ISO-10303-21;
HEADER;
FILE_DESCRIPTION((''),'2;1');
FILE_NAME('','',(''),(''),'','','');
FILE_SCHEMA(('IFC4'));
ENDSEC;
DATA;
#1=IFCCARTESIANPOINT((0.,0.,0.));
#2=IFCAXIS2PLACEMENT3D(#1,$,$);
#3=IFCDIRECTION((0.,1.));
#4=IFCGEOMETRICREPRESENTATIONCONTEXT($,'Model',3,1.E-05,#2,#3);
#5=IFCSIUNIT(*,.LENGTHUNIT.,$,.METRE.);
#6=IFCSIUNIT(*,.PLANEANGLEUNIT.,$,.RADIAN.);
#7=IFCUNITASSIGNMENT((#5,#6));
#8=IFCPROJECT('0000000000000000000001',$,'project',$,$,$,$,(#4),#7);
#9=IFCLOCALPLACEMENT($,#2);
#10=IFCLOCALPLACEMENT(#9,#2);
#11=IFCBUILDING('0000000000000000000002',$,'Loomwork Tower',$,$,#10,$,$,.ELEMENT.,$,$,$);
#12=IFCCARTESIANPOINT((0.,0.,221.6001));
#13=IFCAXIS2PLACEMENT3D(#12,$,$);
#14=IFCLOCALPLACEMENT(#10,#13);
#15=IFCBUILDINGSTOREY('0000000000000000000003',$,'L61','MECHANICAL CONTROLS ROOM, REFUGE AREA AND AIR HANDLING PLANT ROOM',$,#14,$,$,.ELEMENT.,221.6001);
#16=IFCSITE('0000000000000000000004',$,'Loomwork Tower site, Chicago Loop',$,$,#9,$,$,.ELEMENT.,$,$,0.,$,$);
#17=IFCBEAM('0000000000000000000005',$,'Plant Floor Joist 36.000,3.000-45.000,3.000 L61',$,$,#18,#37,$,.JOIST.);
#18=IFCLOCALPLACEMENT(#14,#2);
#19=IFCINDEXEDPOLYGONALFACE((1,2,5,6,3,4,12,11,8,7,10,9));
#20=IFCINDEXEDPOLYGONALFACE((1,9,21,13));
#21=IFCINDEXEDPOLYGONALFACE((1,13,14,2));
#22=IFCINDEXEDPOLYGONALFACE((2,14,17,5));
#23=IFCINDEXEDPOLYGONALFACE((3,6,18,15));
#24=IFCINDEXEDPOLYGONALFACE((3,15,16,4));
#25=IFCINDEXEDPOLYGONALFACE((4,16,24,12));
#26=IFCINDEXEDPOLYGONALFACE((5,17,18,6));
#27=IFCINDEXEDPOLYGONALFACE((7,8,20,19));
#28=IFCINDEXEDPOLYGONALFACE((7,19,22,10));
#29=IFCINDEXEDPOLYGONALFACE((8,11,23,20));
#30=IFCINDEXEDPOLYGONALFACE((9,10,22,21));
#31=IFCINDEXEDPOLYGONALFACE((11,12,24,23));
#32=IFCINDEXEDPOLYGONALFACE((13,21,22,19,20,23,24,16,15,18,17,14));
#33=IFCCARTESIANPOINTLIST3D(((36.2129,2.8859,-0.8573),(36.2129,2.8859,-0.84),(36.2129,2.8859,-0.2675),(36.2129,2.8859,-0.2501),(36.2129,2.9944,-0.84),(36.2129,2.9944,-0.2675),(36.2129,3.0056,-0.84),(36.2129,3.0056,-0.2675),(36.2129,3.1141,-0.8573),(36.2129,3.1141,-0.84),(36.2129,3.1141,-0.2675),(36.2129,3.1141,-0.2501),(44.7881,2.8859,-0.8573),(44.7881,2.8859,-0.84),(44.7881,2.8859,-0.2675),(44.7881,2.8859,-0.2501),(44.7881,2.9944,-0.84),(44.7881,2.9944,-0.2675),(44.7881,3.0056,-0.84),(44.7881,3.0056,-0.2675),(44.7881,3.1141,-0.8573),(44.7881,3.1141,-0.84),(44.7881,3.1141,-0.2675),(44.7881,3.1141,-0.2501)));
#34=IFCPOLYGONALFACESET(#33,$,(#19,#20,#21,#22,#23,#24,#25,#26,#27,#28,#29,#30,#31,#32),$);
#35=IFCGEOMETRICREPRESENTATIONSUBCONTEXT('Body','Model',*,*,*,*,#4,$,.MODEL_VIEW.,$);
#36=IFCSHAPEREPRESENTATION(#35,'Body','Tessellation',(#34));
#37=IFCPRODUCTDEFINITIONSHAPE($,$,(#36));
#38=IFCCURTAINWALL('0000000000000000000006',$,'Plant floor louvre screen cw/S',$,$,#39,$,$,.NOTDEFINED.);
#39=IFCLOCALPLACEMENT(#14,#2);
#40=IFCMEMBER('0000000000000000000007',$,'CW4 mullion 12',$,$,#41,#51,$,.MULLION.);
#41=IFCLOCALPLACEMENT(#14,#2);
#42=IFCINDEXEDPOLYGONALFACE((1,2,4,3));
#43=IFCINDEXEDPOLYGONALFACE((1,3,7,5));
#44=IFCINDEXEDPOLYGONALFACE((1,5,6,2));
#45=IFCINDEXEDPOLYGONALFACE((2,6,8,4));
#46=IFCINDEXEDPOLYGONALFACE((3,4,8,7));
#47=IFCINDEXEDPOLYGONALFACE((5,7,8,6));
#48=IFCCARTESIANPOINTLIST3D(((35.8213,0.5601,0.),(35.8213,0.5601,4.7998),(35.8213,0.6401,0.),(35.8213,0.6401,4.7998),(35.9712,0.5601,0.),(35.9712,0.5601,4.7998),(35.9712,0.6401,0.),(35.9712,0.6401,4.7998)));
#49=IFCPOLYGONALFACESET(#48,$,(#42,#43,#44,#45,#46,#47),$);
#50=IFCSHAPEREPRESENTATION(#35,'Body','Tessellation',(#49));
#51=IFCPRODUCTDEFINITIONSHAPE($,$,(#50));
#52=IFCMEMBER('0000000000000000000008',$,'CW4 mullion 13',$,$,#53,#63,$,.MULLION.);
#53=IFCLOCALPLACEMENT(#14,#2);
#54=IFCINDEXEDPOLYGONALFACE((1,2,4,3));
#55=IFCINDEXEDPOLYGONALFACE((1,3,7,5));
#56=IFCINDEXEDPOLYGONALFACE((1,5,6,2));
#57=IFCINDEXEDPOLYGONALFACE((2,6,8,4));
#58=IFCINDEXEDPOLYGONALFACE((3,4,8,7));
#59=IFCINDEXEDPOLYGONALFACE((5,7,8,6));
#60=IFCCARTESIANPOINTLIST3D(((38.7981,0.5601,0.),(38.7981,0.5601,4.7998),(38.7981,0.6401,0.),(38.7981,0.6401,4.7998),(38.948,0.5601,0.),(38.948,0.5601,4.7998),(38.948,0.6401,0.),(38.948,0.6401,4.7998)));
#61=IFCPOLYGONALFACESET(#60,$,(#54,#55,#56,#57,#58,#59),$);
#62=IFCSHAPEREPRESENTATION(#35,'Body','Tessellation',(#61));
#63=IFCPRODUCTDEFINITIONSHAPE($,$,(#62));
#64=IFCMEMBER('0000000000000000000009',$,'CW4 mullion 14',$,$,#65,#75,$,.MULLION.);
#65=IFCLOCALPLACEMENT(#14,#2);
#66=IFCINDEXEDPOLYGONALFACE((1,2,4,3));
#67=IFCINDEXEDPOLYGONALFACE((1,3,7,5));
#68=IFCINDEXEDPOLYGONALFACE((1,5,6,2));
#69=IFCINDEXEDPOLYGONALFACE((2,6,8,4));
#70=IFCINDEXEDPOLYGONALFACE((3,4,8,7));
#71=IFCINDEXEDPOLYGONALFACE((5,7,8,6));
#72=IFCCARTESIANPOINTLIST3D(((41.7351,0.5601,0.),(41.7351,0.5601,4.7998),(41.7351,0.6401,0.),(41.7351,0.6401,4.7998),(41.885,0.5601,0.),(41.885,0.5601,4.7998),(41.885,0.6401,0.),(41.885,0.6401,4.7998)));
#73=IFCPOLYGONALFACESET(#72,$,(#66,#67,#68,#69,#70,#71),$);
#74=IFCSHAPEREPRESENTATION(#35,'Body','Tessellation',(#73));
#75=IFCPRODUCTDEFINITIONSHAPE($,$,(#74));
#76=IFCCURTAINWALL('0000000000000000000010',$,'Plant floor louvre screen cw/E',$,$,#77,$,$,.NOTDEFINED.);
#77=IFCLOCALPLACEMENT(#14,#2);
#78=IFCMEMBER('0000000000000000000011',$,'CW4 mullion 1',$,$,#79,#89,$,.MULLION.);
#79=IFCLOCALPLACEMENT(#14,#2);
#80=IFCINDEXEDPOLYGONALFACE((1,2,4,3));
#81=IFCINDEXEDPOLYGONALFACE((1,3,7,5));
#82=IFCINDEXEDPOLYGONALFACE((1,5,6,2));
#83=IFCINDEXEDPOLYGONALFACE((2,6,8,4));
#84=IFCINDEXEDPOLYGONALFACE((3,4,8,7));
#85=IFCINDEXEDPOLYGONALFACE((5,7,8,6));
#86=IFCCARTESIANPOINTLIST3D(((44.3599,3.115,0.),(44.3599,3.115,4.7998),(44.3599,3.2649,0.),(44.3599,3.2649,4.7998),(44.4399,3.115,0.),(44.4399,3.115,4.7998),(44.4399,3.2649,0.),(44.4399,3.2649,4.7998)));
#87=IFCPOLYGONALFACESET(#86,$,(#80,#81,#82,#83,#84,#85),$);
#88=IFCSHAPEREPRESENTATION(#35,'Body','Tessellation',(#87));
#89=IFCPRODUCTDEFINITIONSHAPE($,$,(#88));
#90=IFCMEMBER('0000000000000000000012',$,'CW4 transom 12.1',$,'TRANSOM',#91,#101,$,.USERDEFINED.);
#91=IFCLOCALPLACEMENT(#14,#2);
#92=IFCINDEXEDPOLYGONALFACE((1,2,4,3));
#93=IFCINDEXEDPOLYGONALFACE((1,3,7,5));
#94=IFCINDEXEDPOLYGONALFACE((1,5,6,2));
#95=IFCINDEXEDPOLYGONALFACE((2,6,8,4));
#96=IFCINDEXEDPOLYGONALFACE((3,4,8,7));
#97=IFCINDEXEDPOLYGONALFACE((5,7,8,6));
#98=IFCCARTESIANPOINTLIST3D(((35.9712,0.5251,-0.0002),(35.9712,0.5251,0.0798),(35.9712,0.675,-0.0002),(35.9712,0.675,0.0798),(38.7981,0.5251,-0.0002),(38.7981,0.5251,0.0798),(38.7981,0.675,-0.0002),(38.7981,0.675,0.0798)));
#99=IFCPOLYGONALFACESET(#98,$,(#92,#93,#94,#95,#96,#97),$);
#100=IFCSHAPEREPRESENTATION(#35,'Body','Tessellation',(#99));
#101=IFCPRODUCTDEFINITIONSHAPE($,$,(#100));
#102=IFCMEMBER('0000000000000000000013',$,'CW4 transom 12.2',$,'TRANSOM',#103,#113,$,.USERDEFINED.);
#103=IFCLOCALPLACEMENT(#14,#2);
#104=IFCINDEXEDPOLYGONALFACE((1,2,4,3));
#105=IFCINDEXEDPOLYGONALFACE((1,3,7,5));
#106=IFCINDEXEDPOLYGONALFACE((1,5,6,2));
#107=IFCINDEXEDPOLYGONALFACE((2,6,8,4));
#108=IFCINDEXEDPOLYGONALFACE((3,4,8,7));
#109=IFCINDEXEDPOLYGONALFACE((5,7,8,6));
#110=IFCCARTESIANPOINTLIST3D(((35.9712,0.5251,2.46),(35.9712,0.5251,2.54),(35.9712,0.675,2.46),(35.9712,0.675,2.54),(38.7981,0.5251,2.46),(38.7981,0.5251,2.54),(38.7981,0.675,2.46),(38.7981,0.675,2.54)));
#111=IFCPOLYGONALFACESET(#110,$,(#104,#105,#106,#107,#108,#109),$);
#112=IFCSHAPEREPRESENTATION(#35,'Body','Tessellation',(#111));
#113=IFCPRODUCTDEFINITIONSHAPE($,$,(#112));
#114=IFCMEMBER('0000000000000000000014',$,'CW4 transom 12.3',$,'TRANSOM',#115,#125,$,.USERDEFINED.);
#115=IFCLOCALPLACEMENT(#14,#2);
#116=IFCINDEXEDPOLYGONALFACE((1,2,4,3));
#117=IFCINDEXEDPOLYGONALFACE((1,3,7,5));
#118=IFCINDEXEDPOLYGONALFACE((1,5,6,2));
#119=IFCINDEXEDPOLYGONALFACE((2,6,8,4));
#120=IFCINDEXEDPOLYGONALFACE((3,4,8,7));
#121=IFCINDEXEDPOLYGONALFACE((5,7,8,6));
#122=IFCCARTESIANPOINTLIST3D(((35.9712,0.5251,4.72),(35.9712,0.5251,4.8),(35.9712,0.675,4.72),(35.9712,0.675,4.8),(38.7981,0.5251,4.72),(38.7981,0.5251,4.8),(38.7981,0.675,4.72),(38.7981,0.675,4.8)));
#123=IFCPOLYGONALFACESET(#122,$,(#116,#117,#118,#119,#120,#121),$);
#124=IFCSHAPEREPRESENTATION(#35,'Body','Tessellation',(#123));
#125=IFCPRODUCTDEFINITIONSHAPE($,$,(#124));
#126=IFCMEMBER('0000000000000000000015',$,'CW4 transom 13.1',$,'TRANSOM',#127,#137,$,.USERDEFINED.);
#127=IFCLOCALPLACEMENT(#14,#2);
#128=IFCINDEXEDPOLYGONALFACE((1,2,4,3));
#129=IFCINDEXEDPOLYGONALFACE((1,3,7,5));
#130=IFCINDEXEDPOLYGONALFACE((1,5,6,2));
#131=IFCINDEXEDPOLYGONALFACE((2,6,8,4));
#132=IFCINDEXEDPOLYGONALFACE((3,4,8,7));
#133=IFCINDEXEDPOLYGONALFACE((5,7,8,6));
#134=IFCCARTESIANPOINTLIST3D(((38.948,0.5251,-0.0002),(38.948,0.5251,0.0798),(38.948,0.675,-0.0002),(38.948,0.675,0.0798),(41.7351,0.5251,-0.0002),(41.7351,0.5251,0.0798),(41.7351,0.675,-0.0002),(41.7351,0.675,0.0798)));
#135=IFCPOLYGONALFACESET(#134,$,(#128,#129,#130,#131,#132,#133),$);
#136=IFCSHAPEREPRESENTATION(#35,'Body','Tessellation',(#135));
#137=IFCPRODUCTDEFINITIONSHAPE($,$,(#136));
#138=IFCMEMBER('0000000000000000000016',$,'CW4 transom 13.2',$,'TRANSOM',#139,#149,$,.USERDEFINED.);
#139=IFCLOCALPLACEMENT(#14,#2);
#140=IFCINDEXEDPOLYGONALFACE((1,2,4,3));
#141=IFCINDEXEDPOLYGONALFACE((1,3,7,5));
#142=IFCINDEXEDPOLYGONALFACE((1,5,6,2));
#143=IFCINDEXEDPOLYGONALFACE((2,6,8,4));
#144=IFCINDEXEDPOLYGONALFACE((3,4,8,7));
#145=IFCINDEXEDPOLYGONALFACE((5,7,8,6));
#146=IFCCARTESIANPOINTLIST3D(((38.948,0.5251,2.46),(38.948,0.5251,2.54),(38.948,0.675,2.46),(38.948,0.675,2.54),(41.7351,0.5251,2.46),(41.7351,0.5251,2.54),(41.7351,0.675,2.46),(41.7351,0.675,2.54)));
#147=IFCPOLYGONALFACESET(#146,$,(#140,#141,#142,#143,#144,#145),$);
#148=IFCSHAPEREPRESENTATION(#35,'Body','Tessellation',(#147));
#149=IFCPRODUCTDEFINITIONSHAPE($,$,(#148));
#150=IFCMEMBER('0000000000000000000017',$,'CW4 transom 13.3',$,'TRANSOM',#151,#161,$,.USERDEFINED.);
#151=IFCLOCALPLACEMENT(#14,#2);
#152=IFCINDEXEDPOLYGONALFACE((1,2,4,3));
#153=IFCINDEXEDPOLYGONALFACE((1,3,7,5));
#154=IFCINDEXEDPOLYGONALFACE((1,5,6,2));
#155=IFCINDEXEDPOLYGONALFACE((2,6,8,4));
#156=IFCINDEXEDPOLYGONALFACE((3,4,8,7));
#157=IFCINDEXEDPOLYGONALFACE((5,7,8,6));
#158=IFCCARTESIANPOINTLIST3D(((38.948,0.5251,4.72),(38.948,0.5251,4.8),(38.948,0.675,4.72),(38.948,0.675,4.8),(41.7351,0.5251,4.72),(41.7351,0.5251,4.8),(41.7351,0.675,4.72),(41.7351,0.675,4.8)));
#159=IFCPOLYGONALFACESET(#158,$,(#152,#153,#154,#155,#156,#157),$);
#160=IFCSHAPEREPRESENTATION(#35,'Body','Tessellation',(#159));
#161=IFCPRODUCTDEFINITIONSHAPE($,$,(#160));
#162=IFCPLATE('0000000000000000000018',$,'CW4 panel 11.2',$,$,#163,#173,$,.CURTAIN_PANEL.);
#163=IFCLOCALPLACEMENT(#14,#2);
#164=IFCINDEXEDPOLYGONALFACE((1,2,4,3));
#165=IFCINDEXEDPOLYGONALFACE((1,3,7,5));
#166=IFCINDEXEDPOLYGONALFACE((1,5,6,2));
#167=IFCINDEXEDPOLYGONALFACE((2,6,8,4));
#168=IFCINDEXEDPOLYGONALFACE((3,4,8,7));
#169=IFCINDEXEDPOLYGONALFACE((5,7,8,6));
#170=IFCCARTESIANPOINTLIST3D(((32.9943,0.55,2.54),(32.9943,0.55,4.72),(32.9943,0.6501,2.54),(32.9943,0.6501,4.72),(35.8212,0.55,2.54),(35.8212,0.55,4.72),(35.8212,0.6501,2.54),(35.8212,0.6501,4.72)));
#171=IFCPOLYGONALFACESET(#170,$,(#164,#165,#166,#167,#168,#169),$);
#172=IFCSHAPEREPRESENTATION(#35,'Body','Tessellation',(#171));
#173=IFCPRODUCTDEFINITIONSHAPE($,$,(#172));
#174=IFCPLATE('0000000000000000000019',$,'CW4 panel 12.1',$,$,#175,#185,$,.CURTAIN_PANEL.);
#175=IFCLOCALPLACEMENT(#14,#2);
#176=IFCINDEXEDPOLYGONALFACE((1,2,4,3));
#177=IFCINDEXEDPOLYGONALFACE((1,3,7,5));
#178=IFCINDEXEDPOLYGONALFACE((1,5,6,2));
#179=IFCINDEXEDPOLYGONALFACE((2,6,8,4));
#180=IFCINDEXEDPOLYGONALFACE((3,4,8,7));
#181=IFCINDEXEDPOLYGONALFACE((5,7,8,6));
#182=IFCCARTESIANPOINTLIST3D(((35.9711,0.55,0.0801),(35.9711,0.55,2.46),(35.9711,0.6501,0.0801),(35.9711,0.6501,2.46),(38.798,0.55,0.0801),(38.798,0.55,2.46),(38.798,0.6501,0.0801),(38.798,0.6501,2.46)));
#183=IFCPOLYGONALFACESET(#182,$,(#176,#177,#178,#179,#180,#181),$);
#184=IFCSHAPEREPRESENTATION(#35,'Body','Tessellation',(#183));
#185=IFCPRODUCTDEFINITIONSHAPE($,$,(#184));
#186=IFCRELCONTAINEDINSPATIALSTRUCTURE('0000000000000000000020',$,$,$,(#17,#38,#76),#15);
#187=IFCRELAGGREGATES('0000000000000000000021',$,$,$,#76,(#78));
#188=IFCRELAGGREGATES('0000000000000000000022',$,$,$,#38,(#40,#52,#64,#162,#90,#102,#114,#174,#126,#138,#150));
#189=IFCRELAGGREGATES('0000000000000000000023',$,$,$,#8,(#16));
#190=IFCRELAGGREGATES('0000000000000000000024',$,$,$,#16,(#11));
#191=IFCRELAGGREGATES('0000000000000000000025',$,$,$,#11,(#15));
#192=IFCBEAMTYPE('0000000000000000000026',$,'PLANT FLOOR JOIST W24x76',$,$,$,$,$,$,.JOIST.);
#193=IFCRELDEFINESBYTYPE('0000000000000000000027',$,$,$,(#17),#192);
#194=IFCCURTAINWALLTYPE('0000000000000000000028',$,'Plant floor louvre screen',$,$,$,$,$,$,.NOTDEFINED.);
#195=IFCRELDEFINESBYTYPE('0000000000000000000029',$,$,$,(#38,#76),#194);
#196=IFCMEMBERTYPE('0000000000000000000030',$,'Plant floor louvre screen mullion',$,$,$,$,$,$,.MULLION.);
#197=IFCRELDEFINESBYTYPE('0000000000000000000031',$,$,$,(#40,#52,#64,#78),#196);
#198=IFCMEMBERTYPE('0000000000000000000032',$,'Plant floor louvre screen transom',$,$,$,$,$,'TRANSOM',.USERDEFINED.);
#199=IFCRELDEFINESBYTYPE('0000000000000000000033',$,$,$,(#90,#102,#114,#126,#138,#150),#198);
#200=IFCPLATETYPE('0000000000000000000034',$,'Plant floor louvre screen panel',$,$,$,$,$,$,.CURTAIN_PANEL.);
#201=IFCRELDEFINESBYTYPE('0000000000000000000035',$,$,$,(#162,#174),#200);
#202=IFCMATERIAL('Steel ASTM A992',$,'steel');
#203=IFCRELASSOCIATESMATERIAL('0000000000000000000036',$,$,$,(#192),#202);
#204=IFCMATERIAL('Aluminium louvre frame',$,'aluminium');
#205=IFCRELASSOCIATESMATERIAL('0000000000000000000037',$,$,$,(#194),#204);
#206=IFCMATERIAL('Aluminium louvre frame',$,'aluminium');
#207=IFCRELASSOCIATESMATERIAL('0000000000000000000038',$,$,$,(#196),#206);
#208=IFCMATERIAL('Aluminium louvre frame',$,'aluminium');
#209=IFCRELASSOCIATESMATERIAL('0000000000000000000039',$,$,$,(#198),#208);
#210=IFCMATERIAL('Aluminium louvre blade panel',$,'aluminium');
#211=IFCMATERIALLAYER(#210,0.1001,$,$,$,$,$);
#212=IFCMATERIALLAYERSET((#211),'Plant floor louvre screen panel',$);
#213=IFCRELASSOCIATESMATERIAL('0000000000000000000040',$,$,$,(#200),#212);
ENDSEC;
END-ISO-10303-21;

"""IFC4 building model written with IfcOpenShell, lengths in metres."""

from ifc_helpers import new_model, si_unit, direction, frame, origin, origin_2d, place, context, subcontext, project, spatial, rectangle, i_section, extrude, material, layer, layer_set, material_profile, profile_set, type_object, element, aggregate, save


model = new_model("IFC4")

# Units and contexts
model_context = context("Model", 3, precision=1e-05, world=origin(), true_north=direction((0.0, 1.0)))
body_context = subcontext(model_context, "Body", "Model", "MODEL_VIEW")
ifc_project = project(units=[si_unit("LENGTHUNIT", "METRE"), si_unit("PLANEANGLEUNIT", "RADIAN")], contexts=[model_context])

# Site, building, storey
site_placement = place(None, origin())
site = spatial("IfcSite", under=ifc_project, at=site_placement, Name="Loomwork Tower site, Chicago Loop", CompositionType="ELEMENT", RefElevation=0.0)
building_placement = place(site_placement, origin())
building = spatial("IfcBuilding", under=site, at=building_placement, Name="Loomwork Tower", CompositionType="ELEMENT")
storey_placement = place(building_placement, frame((0.0, 0.0, 221.6001)))
storey = spatial("IfcBuildingStorey", under=building, at=storey_placement, Name="L61", Description="MECHANICAL CONTROLS ROOM, REFUGE AREA AND AIR HANDLING PLANT ROOM", CompositionType="ELEMENT", Elevation=221.6001)

# Beam
ifc_material_1 = material(Name="Steel ASTM A992", Category="steel")
ifc_material_profile_1 = material_profile(ifc_material_1, i_section(OverallWidth=0.2283, OverallDepth=0.6072, WebThickness=0.0112, FlangeThickness=0.0173, at=origin_2d()), Name="W24x76")
ifc_profile_set_1 = profile_set([ifc_material_profile_1], Name="Steel ASTM A992")
beam_type_1 = type_object("IfcBeamType", Name="PLANT FLOOR JOIST W24x76", PredefinedType="JOIST", material=ifc_profile_set_1)
beam_1_placement = place(storey_placement, frame((36.2129, 3.0, -0.5537), z_axis=(1.0, 0.0, 0.0), x_axis=(0.0, 1.0, 0.0)))
element("IfcBeam", 1, at=beam_1_placement, inside=storey, type_object=beam_type_1, Name="Plant Floor Joist 36.000,3.000-45.000,3.000 L61", PredefinedType="JOIST", context=body_context, shape_type="SweptSolid", body=[
    extrude(i_section(OverallWidth=0.2283, OverallDepth=0.6072, WebThickness=0.0112, FlangeThickness=0.0173, at=origin_2d()), origin(), (0.0, 0.0, 1.0), 8.5752),
])

# Curtain wall, members
ifc_material_2 = material(Name="Aluminium louvre frame", Category="aluminium")
curtain_wall_type = type_object("IfcCurtainWallType", Name="Plant floor louvre screen", PredefinedType="NOTDEFINED", material=ifc_material_2)
curtain_wall_1_placement = place(storey_placement, origin())
curtain_wall_1 = element("IfcCurtainWall", 2, at=curtain_wall_1_placement, inside=storey, type_object=curtain_wall_type, Name="Plant floor louvre screen cw/S", PredefinedType="NOTDEFINED")
ifc_material_3 = material(Name="Aluminium louvre frame", Category="aluminium")
ifc_material_profile_2 = material_profile(ifc_material_3, rectangle(XDim=0.0801, YDim=0.1499, at=origin_2d()), Name="AL 80x150")
ifc_profile_set_2 = profile_set([ifc_material_profile_2], Name="Aluminium louvre frame")
member_type_1 = type_object("IfcMemberType", Name="Plant floor louvre screen mullion", PredefinedType="MULLION", material=ifc_profile_set_2)
member_1_placement = place(storey_placement, frame((35.8962, 0.6001, 0.0), z_axis=(0.0, 0.0, 1.0), x_axis=(0.0, 1.0, 0.0)))
member_1 = element("IfcMember", 3, at=member_1_placement, type_object=member_type_1, Name="CW4 mullion 12", PredefinedType="MULLION", context=body_context, shape_type="SweptSolid", body=[
    extrude(rectangle(XDim=0.0801, YDim=0.1499, at=origin_2d()), origin(), (0.0, 0.0, 1.0), 4.7998),
])
member_2_placement = place(storey_placement, frame((38.873, 0.6001, 0.0), z_axis=(0.0, 0.0, 1.0), x_axis=(0.0, 1.0, 0.0)))
member_2 = element("IfcMember", 4, at=member_2_placement, type_object=member_type_1, Name="CW4 mullion 13", PredefinedType="MULLION", context=body_context, shape_type="SweptSolid", body=[
    extrude(rectangle(XDim=0.0801, YDim=0.1499, at=origin_2d()), origin(), (0.0, 0.0, 1.0), 4.7998),
])
member_3_placement = place(storey_placement, frame((41.8101, 0.6001, 0.0), z_axis=(0.0, 0.0, 1.0), x_axis=(0.0, 1.0, 0.0)))
member_3 = element("IfcMember", 5, at=member_3_placement, type_object=member_type_1, Name="CW4 mullion 14", PredefinedType="MULLION", context=body_context, shape_type="SweptSolid", body=[
    extrude(rectangle(XDim=0.0801, YDim=0.1499, at=origin_2d()), origin(), (0.0, 0.0, 1.0), 4.7998),
])

# Curtain wall, member
curtain_wall_2_placement = place(storey_placement, origin())
curtain_wall_2 = element("IfcCurtainWall", 6, at=curtain_wall_2_placement, inside=storey, type_object=curtain_wall_type, Name="Plant floor louvre screen cw/E", PredefinedType="NOTDEFINED")
member_4_placement = place(storey_placement, frame((44.3999, 3.1899, 0.0), z_axis=(0.0, 0.0, 1.0), x_axis=(-1.0, 0.0, 0.0)))
member_4 = element("IfcMember", 7, at=member_4_placement, type_object=member_type_1, Name="CW4 mullion 1", PredefinedType="MULLION", context=body_context, shape_type="SweptSolid", body=[
    extrude(rectangle(XDim=0.0801, YDim=0.1499, at=origin_2d()), origin(), (0.0, 0.0, 1.0), 4.7998),
])
aggregate(curtain_wall_2, [member_4])

# Members
ifc_material_4 = material(Name="Aluminium louvre frame", Category="aluminium")
ifc_material_profile_3 = material_profile(ifc_material_4, rectangle(XDim=0.1499, YDim=0.0801, at=origin_2d()), Name="AL 80x150")
ifc_profile_set_3 = profile_set([ifc_material_profile_3], Name="Aluminium louvre frame")
member_type_2 = type_object("IfcMemberType", Name="Plant floor louvre screen transom", ElementType="TRANSOM", PredefinedType="USERDEFINED", material=ifc_profile_set_3)
member_5_placement = place(storey_placement, frame((35.9712, 0.6001, 0.0398), z_axis=(1.0, 0.0, 0.0), x_axis=(0.0, 1.0, 0.0)))
member_5 = element("IfcMember", 8, at=member_5_placement, type_object=member_type_2, Name="CW4 transom 12.1", ObjectType="TRANSOM", PredefinedType="USERDEFINED", context=body_context, shape_type="SweptSolid", body=[
    extrude(rectangle(XDim=0.1499, YDim=0.0801, at=origin_2d()), origin(), (0.0, 0.0, 1.0), 2.8269),
])
member_6_placement = place(storey_placement, frame((35.9712, 0.6001, 2.5), z_axis=(1.0, 0.0, 0.0), x_axis=(0.0, 1.0, 0.0)))
member_6 = element("IfcMember", 9, at=member_6_placement, type_object=member_type_2, Name="CW4 transom 12.2", ObjectType="TRANSOM", PredefinedType="USERDEFINED", context=body_context, shape_type="SweptSolid", body=[
    extrude(rectangle(XDim=0.1499, YDim=0.0801, at=origin_2d()), origin(), (0.0, 0.0, 1.0), 2.8269),
])
member_7_placement = place(storey_placement, frame((35.9712, 0.6001, 4.76), z_axis=(1.0, 0.0, 0.0), x_axis=(0.0, 1.0, 0.0)))
member_7 = element("IfcMember", 10, at=member_7_placement, type_object=member_type_2, Name="CW4 transom 12.3", ObjectType="TRANSOM", PredefinedType="USERDEFINED", context=body_context, shape_type="SweptSolid", body=[
    extrude(rectangle(XDim=0.1499, YDim=0.0801, at=origin_2d()), origin(), (0.0, 0.0, 1.0), 2.8269),
])
member_8_placement = place(storey_placement, frame((38.948, 0.6001, 0.0398), z_axis=(1.0, 0.0, 0.0), x_axis=(0.0, 1.0, 0.0)))
member_8 = element("IfcMember", 11, at=member_8_placement, type_object=member_type_2, Name="CW4 transom 13.1", ObjectType="TRANSOM", PredefinedType="USERDEFINED", context=body_context, shape_type="SweptSolid", body=[
    extrude(rectangle(XDim=0.1499, YDim=0.0801, at=origin_2d()), origin(), (0.0, 0.0, 1.0), 2.7871),
])
member_9_placement = place(storey_placement, frame((38.948, 0.6001, 2.5), z_axis=(1.0, 0.0, 0.0), x_axis=(0.0, 1.0, 0.0)))
member_9 = element("IfcMember", 12, at=member_9_placement, type_object=member_type_2, Name="CW4 transom 13.2", ObjectType="TRANSOM", PredefinedType="USERDEFINED", context=body_context, shape_type="SweptSolid", body=[
    extrude(rectangle(XDim=0.1499, YDim=0.0801, at=origin_2d()), origin(), (0.0, 0.0, 1.0), 2.7871),
])
member_10_placement = place(storey_placement, frame((38.948, 0.6001, 4.76), z_axis=(1.0, 0.0, 0.0), x_axis=(0.0, 1.0, 0.0)))
member_10 = element("IfcMember", 13, at=member_10_placement, type_object=member_type_2, Name="CW4 transom 13.3", ObjectType="TRANSOM", PredefinedType="USERDEFINED", context=body_context, shape_type="SweptSolid", body=[
    extrude(rectangle(XDim=0.1499, YDim=0.0801, at=origin_2d()), origin(), (0.0, 0.0, 1.0), 2.7871),
])

# Plates
ifc_material_5 = material(Name="Aluminium louvre blade panel", Category="aluminium")
ifc_layer_1 = layer(ifc_material_5, 0.1001)
ifc_layer_set_1 = layer_set([ifc_layer_1], Name="Plant floor louvre screen panel")
plate_type_1 = type_object("IfcPlateType", Name="Plant floor louvre screen panel", PredefinedType="CURTAIN_PANEL", material=ifc_layer_set_1)
plate_1_placement = place(storey_placement, frame((34.4077, 0.6001, 2.54), z_axis=(0.0, 0.0, 1.0), x_axis=(1.0, 0.0, 0.0)))
plate_1 = element("IfcPlate", 14, at=plate_1_placement, type_object=plate_type_1, Name="CW4 panel 11.2", PredefinedType="CURTAIN_PANEL", context=body_context, shape_type="SweptSolid", body=[
    extrude(rectangle(XDim=2.8269, YDim=0.1001, at=origin_2d()), origin(), (0.0, 0.0, 1.0), 2.1799),
])
plate_2_placement = place(storey_placement, frame((37.3845, 0.6001, 0.0801), z_axis=(0.0, 0.0, 1.0), x_axis=(1.0, 0.0, 0.0)))
plate_2 = element("IfcPlate", 15, at=plate_2_placement, type_object=plate_type_1, Name="CW4 panel 12.1", PredefinedType="CURTAIN_PANEL", context=body_context, shape_type="SweptSolid", body=[
    extrude(rectangle(XDim=2.8269, YDim=0.1001, at=origin_2d()), origin(), (0.0, 0.0, 1.0), 2.3799),
])
aggregate(curtain_wall_1, [member_1, member_2, member_3, plate_1, member_5, member_6, member_7, plate_2, member_8, member_9, member_10])

save(model, "model.ifc")
